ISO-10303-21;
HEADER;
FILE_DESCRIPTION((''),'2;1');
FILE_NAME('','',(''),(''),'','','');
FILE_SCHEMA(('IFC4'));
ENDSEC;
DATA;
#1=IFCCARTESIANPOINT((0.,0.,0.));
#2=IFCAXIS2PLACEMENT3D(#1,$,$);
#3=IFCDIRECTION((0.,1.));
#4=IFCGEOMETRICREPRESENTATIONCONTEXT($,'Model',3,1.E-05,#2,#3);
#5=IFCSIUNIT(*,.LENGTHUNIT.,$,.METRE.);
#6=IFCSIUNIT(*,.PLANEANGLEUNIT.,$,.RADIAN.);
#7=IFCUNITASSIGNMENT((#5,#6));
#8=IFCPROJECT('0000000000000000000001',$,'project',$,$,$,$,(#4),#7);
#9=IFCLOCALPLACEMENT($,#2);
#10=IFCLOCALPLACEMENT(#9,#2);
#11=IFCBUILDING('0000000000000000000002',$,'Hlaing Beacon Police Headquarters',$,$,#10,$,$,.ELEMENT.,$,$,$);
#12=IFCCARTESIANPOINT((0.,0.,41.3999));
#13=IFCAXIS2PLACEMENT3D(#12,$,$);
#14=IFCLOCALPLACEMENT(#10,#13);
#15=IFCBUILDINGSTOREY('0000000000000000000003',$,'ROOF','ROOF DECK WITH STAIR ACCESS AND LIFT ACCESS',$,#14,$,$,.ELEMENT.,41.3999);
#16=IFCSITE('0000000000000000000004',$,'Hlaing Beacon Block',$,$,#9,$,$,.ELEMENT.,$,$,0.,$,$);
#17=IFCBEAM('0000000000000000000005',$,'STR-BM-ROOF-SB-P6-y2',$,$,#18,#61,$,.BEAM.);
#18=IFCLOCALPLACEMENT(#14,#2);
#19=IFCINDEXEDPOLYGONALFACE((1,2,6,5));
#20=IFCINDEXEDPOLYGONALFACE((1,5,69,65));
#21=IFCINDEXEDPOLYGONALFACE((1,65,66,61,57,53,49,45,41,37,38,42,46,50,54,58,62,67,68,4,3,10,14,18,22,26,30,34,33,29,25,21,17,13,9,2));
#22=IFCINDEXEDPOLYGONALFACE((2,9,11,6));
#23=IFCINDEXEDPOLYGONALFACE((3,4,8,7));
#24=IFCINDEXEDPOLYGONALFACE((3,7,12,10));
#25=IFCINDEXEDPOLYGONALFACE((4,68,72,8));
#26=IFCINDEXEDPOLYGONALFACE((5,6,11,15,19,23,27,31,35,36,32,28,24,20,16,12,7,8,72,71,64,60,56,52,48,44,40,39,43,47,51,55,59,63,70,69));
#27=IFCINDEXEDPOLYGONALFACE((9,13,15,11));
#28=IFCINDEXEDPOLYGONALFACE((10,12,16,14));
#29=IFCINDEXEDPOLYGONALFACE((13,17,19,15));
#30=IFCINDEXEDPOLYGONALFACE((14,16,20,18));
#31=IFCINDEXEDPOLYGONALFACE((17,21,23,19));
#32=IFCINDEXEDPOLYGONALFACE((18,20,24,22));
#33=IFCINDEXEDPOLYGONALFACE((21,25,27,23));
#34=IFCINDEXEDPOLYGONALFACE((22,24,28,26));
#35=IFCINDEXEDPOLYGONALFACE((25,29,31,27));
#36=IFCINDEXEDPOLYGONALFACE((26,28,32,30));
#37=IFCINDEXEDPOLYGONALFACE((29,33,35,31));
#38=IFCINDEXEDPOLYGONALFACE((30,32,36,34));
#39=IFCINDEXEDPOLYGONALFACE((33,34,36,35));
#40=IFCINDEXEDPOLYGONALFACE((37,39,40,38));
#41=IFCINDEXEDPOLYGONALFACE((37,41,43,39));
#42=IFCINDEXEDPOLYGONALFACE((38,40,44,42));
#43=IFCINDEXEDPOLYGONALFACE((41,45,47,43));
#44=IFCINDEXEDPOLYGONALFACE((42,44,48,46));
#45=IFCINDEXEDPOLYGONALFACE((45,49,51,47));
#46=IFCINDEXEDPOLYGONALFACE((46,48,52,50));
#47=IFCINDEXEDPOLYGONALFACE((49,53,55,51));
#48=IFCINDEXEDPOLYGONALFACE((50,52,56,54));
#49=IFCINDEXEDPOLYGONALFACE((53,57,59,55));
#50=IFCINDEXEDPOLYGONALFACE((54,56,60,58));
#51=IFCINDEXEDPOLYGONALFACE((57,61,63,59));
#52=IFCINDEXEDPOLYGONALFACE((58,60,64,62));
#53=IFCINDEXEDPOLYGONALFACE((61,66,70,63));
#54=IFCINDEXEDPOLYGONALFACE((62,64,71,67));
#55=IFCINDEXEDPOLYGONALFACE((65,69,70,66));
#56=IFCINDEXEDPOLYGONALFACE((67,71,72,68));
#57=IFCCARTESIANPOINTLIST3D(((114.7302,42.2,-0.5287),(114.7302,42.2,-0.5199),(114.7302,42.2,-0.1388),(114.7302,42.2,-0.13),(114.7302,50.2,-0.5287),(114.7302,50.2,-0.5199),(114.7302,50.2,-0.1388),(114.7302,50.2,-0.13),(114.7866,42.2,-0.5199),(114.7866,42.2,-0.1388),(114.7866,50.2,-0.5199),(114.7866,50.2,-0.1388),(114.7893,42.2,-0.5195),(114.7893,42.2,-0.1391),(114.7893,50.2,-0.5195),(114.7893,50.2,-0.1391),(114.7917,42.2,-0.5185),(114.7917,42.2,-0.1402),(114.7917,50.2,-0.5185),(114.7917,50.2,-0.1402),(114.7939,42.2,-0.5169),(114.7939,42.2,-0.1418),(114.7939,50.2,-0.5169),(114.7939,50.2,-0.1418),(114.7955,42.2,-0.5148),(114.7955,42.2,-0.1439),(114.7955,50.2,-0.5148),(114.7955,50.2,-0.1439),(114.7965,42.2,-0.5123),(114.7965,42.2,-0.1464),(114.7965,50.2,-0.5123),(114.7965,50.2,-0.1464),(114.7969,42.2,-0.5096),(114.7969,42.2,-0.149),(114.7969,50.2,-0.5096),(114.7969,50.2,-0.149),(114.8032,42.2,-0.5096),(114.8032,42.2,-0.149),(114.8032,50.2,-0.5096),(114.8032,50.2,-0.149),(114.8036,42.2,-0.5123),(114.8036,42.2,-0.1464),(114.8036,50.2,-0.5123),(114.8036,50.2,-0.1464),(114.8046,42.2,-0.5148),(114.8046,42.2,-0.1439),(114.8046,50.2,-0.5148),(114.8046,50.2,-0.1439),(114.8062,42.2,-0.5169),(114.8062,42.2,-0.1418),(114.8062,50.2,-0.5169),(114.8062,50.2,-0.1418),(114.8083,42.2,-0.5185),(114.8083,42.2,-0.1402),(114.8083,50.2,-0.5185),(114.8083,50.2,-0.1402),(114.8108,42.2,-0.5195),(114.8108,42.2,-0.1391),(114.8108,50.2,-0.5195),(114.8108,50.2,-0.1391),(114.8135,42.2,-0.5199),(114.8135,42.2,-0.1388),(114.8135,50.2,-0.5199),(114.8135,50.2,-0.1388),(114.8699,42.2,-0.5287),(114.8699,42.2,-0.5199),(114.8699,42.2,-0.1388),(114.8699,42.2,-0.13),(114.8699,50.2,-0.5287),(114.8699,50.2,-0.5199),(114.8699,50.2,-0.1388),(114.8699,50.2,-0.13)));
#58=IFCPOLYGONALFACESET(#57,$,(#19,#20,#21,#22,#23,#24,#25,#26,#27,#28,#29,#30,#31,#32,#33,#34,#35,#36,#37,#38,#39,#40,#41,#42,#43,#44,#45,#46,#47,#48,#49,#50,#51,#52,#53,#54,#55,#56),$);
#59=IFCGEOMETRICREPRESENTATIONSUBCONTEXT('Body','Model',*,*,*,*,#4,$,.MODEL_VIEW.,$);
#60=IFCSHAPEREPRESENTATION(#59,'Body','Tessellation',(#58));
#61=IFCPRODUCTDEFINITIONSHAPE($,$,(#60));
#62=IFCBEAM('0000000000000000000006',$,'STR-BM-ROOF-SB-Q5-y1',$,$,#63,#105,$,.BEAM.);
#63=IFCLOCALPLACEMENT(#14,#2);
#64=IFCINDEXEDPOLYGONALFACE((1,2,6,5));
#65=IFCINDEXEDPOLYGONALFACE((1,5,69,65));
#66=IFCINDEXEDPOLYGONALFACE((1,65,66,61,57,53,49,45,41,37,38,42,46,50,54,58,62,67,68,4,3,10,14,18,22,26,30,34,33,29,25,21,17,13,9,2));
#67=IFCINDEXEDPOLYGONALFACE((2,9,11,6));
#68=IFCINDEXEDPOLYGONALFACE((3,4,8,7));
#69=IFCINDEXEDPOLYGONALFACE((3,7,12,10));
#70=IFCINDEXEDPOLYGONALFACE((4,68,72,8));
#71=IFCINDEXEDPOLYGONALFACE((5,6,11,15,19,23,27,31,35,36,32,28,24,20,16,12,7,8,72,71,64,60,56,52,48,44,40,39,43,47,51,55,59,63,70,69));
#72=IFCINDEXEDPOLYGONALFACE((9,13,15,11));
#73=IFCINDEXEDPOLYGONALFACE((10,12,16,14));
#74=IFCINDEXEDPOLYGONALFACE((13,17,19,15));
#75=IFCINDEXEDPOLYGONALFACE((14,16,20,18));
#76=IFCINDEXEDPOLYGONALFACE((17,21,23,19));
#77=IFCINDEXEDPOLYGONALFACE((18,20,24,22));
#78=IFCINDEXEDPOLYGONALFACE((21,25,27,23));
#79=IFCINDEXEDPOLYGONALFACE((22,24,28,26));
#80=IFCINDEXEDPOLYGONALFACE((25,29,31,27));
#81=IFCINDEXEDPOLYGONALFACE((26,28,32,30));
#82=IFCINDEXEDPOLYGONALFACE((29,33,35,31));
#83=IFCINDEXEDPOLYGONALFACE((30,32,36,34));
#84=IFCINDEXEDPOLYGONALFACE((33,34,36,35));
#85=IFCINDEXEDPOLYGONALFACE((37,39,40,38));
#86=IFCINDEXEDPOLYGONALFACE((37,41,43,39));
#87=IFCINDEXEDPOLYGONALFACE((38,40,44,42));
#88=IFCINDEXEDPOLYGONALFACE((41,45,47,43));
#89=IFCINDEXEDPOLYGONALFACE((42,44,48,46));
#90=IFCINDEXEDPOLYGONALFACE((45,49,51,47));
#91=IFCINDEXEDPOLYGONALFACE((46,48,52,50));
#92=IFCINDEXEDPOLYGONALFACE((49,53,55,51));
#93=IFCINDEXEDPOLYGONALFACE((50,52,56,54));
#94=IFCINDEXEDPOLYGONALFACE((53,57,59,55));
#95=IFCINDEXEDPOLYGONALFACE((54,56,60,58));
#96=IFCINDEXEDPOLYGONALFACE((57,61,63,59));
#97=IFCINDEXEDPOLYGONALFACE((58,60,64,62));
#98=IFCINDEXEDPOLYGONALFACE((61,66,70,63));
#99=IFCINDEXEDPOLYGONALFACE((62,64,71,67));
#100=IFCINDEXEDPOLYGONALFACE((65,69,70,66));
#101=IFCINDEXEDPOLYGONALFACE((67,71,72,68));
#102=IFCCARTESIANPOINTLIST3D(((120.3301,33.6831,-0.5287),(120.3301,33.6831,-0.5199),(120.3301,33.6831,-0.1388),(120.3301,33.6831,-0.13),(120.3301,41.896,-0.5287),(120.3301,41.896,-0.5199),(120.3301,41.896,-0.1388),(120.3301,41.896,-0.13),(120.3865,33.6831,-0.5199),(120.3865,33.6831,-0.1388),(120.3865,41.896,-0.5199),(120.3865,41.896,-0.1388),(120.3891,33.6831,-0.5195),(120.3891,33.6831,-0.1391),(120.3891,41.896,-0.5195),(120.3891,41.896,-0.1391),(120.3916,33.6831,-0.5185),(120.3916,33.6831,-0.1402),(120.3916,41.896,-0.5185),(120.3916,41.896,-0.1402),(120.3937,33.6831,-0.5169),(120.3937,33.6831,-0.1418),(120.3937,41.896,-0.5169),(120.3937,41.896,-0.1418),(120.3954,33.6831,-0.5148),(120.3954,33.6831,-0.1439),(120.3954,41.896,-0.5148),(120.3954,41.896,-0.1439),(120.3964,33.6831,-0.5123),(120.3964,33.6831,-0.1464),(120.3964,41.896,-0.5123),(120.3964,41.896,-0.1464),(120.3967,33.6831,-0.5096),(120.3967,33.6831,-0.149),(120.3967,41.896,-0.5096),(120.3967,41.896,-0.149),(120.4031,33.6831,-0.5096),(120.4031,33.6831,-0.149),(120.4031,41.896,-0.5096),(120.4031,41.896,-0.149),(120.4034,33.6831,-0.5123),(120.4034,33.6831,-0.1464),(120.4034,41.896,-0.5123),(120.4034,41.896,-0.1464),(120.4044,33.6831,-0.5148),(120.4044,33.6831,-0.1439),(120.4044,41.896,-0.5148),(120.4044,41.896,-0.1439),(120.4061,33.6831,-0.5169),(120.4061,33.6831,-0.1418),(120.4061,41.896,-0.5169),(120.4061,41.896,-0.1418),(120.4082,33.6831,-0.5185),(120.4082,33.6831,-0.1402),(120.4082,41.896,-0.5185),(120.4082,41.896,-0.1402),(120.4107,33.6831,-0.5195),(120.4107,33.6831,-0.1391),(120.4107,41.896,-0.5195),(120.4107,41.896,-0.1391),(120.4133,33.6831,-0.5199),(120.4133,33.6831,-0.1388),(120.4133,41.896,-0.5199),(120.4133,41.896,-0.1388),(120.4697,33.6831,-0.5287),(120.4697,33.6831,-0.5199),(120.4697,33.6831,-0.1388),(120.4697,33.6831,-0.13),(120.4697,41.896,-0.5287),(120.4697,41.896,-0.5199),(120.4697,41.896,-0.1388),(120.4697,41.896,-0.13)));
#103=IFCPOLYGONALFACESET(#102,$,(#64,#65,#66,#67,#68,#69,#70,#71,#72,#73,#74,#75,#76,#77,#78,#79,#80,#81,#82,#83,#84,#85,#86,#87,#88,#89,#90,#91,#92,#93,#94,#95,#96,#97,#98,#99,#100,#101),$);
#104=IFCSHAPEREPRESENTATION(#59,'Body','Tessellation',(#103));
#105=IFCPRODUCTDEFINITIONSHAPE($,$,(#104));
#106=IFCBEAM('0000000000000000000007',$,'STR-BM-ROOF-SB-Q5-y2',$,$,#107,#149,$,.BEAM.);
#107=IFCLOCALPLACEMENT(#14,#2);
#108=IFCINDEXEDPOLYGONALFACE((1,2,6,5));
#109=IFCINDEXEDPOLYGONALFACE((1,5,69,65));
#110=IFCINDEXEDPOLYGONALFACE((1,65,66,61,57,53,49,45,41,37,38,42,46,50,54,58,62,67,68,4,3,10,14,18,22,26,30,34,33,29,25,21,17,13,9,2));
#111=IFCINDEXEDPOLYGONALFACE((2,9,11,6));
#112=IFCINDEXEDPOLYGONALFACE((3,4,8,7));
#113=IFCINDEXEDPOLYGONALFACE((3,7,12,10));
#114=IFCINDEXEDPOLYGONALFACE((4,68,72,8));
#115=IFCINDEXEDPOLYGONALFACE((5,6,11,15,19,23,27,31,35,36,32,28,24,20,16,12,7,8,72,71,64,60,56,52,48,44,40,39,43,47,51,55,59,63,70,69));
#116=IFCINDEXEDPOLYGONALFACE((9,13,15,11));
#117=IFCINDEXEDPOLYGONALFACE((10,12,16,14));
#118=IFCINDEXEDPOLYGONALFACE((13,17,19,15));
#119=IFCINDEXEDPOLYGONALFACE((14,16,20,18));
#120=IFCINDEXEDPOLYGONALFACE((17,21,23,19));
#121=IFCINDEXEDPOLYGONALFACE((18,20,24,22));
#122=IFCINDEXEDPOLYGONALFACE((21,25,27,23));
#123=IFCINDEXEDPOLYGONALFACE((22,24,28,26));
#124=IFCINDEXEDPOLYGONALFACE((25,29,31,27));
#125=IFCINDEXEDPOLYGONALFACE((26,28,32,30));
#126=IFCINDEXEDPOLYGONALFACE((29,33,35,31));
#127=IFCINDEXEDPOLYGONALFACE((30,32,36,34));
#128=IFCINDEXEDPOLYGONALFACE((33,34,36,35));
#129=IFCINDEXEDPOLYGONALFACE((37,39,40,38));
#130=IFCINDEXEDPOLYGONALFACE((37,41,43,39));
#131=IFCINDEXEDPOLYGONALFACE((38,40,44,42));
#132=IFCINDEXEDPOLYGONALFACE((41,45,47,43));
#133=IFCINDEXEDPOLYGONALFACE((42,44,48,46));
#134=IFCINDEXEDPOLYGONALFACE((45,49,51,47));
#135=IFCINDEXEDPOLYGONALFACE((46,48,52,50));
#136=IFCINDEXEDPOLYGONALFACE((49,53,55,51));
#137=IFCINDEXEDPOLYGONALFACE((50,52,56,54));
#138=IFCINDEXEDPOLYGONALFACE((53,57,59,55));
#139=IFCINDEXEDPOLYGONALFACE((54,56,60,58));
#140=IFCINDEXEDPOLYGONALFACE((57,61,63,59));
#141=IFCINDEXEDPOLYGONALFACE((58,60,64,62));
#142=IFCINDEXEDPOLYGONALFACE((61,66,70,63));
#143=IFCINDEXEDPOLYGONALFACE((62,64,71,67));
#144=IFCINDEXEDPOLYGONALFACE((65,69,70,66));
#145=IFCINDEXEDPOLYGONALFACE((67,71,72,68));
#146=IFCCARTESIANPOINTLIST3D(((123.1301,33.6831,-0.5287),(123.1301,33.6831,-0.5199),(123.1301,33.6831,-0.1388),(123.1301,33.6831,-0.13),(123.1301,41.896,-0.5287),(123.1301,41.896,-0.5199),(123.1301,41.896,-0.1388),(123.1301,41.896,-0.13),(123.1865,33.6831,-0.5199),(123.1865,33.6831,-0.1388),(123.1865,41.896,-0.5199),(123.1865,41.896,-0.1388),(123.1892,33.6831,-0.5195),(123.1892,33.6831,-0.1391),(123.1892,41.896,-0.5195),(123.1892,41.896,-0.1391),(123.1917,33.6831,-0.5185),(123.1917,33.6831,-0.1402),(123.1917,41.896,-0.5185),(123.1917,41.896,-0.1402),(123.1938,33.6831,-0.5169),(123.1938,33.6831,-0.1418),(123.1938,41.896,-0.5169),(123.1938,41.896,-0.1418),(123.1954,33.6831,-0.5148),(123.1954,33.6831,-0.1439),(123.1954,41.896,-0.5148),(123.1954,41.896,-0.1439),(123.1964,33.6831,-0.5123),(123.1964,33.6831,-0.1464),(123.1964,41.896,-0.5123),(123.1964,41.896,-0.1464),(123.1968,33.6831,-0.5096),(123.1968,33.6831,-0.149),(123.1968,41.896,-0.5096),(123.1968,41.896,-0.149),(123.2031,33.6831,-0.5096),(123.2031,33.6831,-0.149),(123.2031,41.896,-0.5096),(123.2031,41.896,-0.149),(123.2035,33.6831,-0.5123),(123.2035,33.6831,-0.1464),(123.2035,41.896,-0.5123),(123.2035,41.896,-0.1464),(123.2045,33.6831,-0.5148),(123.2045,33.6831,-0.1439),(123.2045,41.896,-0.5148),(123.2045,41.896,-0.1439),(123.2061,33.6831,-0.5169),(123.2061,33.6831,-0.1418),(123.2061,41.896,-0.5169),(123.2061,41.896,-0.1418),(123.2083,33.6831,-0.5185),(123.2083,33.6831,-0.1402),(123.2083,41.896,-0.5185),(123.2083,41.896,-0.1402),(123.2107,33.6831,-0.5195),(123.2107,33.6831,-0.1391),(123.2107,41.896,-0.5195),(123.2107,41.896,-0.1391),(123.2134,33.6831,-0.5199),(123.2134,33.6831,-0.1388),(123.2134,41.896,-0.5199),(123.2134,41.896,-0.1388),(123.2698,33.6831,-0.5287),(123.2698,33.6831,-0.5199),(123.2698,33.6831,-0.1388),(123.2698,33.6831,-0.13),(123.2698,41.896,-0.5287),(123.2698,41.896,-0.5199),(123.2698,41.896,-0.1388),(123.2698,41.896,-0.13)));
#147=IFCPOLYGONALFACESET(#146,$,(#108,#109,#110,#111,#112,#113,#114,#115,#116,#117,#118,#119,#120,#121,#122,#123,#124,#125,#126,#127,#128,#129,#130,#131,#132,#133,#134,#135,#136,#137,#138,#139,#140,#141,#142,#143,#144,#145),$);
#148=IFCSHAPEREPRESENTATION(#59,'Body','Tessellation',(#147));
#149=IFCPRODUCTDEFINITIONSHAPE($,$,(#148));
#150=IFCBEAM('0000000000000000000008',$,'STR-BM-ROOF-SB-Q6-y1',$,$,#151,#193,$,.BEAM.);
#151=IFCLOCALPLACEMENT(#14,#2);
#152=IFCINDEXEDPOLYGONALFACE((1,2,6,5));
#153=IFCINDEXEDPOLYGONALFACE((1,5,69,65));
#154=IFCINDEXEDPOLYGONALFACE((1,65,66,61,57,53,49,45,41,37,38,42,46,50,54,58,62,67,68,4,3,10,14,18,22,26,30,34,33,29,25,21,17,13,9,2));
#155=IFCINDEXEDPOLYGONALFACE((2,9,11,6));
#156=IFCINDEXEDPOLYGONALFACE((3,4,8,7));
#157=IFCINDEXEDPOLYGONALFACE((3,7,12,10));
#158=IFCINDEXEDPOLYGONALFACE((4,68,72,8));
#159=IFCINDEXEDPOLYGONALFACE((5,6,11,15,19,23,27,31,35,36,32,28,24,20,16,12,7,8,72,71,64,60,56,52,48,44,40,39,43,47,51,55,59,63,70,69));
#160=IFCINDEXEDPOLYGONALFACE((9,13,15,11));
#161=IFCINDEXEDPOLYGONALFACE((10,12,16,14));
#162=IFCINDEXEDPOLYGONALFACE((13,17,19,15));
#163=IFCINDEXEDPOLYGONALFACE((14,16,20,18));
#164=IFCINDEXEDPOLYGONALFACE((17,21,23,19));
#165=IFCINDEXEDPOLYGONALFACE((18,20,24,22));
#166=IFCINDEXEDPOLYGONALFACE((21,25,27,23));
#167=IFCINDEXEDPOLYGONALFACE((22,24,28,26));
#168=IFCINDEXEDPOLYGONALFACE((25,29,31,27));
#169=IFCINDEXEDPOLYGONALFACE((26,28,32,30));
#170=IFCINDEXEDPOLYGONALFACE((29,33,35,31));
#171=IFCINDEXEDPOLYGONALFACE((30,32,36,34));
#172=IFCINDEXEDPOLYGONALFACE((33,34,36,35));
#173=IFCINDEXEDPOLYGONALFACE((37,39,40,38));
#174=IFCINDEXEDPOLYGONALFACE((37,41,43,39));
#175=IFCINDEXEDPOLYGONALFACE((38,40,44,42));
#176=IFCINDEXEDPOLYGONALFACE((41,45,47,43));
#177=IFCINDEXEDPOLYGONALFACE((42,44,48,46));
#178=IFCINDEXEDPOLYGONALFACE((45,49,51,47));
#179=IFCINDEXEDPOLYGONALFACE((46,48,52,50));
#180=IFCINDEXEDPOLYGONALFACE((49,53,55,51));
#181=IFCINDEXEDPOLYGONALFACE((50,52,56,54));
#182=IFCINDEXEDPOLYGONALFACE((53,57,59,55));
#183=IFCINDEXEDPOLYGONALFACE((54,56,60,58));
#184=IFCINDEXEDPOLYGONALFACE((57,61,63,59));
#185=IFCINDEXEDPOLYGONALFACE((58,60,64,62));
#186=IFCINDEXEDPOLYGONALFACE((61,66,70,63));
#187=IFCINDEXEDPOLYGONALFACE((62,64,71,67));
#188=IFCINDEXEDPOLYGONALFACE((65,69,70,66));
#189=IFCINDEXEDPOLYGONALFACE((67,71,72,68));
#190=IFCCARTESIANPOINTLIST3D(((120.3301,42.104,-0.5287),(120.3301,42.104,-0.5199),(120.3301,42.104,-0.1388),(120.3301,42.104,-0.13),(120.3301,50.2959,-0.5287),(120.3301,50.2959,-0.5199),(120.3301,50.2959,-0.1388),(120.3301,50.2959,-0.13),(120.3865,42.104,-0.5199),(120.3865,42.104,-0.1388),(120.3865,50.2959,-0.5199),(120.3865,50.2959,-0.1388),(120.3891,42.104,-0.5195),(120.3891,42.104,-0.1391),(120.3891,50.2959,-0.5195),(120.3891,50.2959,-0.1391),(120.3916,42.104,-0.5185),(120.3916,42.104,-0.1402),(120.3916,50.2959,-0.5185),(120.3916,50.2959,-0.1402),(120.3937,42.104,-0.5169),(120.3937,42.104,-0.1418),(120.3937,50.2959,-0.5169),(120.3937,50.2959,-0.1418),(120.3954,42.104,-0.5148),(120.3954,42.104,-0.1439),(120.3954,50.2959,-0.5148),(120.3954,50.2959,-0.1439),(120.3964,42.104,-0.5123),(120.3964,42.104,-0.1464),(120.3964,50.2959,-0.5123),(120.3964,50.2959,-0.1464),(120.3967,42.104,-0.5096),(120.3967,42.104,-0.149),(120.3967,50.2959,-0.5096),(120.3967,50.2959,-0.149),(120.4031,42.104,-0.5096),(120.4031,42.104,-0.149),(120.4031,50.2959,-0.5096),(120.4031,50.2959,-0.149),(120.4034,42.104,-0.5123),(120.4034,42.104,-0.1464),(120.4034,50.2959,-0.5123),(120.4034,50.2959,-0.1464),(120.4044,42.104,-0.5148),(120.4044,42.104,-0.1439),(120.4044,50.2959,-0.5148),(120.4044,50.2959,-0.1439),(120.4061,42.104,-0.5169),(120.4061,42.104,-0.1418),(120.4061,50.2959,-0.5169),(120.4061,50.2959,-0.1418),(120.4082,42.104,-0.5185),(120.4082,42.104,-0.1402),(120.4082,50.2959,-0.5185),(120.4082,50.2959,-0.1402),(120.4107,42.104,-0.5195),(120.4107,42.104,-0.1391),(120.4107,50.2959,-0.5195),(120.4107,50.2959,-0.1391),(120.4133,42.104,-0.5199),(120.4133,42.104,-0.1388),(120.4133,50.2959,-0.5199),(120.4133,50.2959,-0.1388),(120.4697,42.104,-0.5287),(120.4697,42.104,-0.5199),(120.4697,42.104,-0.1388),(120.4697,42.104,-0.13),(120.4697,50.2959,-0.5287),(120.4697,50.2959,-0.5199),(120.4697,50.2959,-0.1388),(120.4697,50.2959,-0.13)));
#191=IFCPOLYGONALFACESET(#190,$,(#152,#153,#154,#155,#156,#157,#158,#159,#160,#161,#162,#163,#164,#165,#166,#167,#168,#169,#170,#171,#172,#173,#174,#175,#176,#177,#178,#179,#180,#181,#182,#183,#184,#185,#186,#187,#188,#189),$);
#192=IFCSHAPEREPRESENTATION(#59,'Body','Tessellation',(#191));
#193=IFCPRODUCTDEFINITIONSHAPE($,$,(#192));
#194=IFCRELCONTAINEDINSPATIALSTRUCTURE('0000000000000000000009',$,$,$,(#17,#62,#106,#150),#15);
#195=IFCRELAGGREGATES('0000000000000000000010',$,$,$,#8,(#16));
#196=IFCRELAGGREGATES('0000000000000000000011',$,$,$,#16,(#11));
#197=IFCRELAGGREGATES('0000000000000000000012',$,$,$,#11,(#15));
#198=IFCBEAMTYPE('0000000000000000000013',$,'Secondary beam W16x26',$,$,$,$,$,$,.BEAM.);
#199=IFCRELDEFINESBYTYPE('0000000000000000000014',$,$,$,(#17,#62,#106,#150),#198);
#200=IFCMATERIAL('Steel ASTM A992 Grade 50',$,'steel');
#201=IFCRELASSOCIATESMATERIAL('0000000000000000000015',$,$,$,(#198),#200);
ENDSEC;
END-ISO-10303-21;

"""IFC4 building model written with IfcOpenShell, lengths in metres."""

from ifc_helpers import new_model, si_unit, direction, frame, origin, origin_2d, place, context, subcontext, project, spatial, i_section, extrude, material, material_profile, profile_set, type_object, element, save


model = new_model("IFC4")

# Units and contexts
model_context = context("Model", 3, precision=1e-05, world=origin(), true_north=direction((0.0, 1.0)))
body_context = subcontext(model_context, "Body", "Model", "MODEL_VIEW")
ifc_project = project(units=[si_unit("LENGTHUNIT", "METRE"), si_unit("PLANEANGLEUNIT", "RADIAN")], contexts=[model_context])

# Site, building, storey
site_placement = place(None, origin())
site = spatial("IfcSite", under=ifc_project, at=site_placement, Name="Hlaing Beacon Block", CompositionType="ELEMENT", RefElevation=0.0)
building_placement = place(site_placement, origin())
building = spatial("IfcBuilding", under=site, at=building_placement, Name="Hlaing Beacon Police Headquarters", CompositionType="ELEMENT")
storey_placement = place(building_placement, frame((0.0, 0.0, 41.3999)))
storey = spatial("IfcBuildingStorey", under=building, at=storey_placement, Name="ROOF", Description="ROOF DECK WITH STAIR ACCESS AND LIFT ACCESS", CompositionType="ELEMENT", Elevation=41.3999)

# Beams
ifc_material_1 = material(Name="Steel ASTM A992 Grade 50", Category="steel")
ifc_material_profile_1 = material_profile(ifc_material_1, i_section(OverallWidth=0.1396, OverallDepth=0.3987, WebThickness=0.0063, FlangeThickness=0.0088, FilletRadius=0.0103, at=origin_2d()), Name="W16x26")
ifc_profile_set_1 = profile_set([ifc_material_profile_1], Name="Steel ASTM A992 Grade 50")
beam_type_1 = type_object("IfcBeamType", Name="Secondary beam W16x26", PredefinedType="BEAM", material=ifc_profile_set_1)
for number, where, z_axis, x_axis, name in (
    (1, (114.8, 42.2, -0.3293), (0.0, 1.0, 0.0), (-1.0, 0.0, 0.0), "STR-BM-ROOF-SB-P6-y2"),
):
    element("IfcBeam", number, at=place(storey_placement, frame(where, z_axis=z_axis, x_axis=x_axis)), inside=storey, type_object=beam_type_1, Name=name, PredefinedType="BEAM", context=body_context, shape_type="SweptSolid", body=[
        extrude(i_section(OverallWidth=0.1396, OverallDepth=0.3987, WebThickness=0.0063, FlangeThickness=0.0088, FilletRadius=0.0103, at=origin_2d()), origin(), (0.0, 0.0, 1.0), 8.0),
    ])
for number, where, z_axis, x_axis, name in (
    (2, (120.3999, 33.6831, -0.3293), (0.0, 1.0, 0.0), (-1.0, 0.0, 0.0), "STR-BM-ROOF-SB-Q5-y1"),
    (3, (123.2, 33.6831, -0.3293), (0.0, 1.0, 0.0), (-1.0, 0.0, 0.0), "STR-BM-ROOF-SB-Q5-y2"),
):
    element("IfcBeam", number, at=place(storey_placement, frame(where, z_axis=z_axis, x_axis=x_axis)), inside=storey, type_object=beam_type_1, Name=name, PredefinedType="BEAM", context=body_context, shape_type="SweptSolid", body=[
        extrude(i_section(OverallWidth=0.1396, OverallDepth=0.3987, WebThickness=0.0063, FlangeThickness=0.0088, FilletRadius=0.0103, at=origin_2d()), origin(), (0.0, 0.0, 1.0), 8.2129),
    ])
for number, where, z_axis, x_axis, name in (
    (4, (120.3999, 42.104, -0.3293), (0.0, 1.0, 0.0), (-1.0, 0.0, 0.0), "STR-BM-ROOF-SB-Q6-y1"),
):
    element("IfcBeam", number, at=place(storey_placement, frame(where, z_axis=z_axis, x_axis=x_axis)), inside=storey, type_object=beam_type_1, Name=name, PredefinedType="BEAM", context=body_context, shape_type="SweptSolid", body=[
        extrude(i_section(OverallWidth=0.1396, OverallDepth=0.3987, WebThickness=0.0063, FlangeThickness=0.0088, FilletRadius=0.0103, at=origin_2d()), origin(), (0.0, 0.0, 1.0), 8.1919),
    ])

save(model, "model.ifc")
